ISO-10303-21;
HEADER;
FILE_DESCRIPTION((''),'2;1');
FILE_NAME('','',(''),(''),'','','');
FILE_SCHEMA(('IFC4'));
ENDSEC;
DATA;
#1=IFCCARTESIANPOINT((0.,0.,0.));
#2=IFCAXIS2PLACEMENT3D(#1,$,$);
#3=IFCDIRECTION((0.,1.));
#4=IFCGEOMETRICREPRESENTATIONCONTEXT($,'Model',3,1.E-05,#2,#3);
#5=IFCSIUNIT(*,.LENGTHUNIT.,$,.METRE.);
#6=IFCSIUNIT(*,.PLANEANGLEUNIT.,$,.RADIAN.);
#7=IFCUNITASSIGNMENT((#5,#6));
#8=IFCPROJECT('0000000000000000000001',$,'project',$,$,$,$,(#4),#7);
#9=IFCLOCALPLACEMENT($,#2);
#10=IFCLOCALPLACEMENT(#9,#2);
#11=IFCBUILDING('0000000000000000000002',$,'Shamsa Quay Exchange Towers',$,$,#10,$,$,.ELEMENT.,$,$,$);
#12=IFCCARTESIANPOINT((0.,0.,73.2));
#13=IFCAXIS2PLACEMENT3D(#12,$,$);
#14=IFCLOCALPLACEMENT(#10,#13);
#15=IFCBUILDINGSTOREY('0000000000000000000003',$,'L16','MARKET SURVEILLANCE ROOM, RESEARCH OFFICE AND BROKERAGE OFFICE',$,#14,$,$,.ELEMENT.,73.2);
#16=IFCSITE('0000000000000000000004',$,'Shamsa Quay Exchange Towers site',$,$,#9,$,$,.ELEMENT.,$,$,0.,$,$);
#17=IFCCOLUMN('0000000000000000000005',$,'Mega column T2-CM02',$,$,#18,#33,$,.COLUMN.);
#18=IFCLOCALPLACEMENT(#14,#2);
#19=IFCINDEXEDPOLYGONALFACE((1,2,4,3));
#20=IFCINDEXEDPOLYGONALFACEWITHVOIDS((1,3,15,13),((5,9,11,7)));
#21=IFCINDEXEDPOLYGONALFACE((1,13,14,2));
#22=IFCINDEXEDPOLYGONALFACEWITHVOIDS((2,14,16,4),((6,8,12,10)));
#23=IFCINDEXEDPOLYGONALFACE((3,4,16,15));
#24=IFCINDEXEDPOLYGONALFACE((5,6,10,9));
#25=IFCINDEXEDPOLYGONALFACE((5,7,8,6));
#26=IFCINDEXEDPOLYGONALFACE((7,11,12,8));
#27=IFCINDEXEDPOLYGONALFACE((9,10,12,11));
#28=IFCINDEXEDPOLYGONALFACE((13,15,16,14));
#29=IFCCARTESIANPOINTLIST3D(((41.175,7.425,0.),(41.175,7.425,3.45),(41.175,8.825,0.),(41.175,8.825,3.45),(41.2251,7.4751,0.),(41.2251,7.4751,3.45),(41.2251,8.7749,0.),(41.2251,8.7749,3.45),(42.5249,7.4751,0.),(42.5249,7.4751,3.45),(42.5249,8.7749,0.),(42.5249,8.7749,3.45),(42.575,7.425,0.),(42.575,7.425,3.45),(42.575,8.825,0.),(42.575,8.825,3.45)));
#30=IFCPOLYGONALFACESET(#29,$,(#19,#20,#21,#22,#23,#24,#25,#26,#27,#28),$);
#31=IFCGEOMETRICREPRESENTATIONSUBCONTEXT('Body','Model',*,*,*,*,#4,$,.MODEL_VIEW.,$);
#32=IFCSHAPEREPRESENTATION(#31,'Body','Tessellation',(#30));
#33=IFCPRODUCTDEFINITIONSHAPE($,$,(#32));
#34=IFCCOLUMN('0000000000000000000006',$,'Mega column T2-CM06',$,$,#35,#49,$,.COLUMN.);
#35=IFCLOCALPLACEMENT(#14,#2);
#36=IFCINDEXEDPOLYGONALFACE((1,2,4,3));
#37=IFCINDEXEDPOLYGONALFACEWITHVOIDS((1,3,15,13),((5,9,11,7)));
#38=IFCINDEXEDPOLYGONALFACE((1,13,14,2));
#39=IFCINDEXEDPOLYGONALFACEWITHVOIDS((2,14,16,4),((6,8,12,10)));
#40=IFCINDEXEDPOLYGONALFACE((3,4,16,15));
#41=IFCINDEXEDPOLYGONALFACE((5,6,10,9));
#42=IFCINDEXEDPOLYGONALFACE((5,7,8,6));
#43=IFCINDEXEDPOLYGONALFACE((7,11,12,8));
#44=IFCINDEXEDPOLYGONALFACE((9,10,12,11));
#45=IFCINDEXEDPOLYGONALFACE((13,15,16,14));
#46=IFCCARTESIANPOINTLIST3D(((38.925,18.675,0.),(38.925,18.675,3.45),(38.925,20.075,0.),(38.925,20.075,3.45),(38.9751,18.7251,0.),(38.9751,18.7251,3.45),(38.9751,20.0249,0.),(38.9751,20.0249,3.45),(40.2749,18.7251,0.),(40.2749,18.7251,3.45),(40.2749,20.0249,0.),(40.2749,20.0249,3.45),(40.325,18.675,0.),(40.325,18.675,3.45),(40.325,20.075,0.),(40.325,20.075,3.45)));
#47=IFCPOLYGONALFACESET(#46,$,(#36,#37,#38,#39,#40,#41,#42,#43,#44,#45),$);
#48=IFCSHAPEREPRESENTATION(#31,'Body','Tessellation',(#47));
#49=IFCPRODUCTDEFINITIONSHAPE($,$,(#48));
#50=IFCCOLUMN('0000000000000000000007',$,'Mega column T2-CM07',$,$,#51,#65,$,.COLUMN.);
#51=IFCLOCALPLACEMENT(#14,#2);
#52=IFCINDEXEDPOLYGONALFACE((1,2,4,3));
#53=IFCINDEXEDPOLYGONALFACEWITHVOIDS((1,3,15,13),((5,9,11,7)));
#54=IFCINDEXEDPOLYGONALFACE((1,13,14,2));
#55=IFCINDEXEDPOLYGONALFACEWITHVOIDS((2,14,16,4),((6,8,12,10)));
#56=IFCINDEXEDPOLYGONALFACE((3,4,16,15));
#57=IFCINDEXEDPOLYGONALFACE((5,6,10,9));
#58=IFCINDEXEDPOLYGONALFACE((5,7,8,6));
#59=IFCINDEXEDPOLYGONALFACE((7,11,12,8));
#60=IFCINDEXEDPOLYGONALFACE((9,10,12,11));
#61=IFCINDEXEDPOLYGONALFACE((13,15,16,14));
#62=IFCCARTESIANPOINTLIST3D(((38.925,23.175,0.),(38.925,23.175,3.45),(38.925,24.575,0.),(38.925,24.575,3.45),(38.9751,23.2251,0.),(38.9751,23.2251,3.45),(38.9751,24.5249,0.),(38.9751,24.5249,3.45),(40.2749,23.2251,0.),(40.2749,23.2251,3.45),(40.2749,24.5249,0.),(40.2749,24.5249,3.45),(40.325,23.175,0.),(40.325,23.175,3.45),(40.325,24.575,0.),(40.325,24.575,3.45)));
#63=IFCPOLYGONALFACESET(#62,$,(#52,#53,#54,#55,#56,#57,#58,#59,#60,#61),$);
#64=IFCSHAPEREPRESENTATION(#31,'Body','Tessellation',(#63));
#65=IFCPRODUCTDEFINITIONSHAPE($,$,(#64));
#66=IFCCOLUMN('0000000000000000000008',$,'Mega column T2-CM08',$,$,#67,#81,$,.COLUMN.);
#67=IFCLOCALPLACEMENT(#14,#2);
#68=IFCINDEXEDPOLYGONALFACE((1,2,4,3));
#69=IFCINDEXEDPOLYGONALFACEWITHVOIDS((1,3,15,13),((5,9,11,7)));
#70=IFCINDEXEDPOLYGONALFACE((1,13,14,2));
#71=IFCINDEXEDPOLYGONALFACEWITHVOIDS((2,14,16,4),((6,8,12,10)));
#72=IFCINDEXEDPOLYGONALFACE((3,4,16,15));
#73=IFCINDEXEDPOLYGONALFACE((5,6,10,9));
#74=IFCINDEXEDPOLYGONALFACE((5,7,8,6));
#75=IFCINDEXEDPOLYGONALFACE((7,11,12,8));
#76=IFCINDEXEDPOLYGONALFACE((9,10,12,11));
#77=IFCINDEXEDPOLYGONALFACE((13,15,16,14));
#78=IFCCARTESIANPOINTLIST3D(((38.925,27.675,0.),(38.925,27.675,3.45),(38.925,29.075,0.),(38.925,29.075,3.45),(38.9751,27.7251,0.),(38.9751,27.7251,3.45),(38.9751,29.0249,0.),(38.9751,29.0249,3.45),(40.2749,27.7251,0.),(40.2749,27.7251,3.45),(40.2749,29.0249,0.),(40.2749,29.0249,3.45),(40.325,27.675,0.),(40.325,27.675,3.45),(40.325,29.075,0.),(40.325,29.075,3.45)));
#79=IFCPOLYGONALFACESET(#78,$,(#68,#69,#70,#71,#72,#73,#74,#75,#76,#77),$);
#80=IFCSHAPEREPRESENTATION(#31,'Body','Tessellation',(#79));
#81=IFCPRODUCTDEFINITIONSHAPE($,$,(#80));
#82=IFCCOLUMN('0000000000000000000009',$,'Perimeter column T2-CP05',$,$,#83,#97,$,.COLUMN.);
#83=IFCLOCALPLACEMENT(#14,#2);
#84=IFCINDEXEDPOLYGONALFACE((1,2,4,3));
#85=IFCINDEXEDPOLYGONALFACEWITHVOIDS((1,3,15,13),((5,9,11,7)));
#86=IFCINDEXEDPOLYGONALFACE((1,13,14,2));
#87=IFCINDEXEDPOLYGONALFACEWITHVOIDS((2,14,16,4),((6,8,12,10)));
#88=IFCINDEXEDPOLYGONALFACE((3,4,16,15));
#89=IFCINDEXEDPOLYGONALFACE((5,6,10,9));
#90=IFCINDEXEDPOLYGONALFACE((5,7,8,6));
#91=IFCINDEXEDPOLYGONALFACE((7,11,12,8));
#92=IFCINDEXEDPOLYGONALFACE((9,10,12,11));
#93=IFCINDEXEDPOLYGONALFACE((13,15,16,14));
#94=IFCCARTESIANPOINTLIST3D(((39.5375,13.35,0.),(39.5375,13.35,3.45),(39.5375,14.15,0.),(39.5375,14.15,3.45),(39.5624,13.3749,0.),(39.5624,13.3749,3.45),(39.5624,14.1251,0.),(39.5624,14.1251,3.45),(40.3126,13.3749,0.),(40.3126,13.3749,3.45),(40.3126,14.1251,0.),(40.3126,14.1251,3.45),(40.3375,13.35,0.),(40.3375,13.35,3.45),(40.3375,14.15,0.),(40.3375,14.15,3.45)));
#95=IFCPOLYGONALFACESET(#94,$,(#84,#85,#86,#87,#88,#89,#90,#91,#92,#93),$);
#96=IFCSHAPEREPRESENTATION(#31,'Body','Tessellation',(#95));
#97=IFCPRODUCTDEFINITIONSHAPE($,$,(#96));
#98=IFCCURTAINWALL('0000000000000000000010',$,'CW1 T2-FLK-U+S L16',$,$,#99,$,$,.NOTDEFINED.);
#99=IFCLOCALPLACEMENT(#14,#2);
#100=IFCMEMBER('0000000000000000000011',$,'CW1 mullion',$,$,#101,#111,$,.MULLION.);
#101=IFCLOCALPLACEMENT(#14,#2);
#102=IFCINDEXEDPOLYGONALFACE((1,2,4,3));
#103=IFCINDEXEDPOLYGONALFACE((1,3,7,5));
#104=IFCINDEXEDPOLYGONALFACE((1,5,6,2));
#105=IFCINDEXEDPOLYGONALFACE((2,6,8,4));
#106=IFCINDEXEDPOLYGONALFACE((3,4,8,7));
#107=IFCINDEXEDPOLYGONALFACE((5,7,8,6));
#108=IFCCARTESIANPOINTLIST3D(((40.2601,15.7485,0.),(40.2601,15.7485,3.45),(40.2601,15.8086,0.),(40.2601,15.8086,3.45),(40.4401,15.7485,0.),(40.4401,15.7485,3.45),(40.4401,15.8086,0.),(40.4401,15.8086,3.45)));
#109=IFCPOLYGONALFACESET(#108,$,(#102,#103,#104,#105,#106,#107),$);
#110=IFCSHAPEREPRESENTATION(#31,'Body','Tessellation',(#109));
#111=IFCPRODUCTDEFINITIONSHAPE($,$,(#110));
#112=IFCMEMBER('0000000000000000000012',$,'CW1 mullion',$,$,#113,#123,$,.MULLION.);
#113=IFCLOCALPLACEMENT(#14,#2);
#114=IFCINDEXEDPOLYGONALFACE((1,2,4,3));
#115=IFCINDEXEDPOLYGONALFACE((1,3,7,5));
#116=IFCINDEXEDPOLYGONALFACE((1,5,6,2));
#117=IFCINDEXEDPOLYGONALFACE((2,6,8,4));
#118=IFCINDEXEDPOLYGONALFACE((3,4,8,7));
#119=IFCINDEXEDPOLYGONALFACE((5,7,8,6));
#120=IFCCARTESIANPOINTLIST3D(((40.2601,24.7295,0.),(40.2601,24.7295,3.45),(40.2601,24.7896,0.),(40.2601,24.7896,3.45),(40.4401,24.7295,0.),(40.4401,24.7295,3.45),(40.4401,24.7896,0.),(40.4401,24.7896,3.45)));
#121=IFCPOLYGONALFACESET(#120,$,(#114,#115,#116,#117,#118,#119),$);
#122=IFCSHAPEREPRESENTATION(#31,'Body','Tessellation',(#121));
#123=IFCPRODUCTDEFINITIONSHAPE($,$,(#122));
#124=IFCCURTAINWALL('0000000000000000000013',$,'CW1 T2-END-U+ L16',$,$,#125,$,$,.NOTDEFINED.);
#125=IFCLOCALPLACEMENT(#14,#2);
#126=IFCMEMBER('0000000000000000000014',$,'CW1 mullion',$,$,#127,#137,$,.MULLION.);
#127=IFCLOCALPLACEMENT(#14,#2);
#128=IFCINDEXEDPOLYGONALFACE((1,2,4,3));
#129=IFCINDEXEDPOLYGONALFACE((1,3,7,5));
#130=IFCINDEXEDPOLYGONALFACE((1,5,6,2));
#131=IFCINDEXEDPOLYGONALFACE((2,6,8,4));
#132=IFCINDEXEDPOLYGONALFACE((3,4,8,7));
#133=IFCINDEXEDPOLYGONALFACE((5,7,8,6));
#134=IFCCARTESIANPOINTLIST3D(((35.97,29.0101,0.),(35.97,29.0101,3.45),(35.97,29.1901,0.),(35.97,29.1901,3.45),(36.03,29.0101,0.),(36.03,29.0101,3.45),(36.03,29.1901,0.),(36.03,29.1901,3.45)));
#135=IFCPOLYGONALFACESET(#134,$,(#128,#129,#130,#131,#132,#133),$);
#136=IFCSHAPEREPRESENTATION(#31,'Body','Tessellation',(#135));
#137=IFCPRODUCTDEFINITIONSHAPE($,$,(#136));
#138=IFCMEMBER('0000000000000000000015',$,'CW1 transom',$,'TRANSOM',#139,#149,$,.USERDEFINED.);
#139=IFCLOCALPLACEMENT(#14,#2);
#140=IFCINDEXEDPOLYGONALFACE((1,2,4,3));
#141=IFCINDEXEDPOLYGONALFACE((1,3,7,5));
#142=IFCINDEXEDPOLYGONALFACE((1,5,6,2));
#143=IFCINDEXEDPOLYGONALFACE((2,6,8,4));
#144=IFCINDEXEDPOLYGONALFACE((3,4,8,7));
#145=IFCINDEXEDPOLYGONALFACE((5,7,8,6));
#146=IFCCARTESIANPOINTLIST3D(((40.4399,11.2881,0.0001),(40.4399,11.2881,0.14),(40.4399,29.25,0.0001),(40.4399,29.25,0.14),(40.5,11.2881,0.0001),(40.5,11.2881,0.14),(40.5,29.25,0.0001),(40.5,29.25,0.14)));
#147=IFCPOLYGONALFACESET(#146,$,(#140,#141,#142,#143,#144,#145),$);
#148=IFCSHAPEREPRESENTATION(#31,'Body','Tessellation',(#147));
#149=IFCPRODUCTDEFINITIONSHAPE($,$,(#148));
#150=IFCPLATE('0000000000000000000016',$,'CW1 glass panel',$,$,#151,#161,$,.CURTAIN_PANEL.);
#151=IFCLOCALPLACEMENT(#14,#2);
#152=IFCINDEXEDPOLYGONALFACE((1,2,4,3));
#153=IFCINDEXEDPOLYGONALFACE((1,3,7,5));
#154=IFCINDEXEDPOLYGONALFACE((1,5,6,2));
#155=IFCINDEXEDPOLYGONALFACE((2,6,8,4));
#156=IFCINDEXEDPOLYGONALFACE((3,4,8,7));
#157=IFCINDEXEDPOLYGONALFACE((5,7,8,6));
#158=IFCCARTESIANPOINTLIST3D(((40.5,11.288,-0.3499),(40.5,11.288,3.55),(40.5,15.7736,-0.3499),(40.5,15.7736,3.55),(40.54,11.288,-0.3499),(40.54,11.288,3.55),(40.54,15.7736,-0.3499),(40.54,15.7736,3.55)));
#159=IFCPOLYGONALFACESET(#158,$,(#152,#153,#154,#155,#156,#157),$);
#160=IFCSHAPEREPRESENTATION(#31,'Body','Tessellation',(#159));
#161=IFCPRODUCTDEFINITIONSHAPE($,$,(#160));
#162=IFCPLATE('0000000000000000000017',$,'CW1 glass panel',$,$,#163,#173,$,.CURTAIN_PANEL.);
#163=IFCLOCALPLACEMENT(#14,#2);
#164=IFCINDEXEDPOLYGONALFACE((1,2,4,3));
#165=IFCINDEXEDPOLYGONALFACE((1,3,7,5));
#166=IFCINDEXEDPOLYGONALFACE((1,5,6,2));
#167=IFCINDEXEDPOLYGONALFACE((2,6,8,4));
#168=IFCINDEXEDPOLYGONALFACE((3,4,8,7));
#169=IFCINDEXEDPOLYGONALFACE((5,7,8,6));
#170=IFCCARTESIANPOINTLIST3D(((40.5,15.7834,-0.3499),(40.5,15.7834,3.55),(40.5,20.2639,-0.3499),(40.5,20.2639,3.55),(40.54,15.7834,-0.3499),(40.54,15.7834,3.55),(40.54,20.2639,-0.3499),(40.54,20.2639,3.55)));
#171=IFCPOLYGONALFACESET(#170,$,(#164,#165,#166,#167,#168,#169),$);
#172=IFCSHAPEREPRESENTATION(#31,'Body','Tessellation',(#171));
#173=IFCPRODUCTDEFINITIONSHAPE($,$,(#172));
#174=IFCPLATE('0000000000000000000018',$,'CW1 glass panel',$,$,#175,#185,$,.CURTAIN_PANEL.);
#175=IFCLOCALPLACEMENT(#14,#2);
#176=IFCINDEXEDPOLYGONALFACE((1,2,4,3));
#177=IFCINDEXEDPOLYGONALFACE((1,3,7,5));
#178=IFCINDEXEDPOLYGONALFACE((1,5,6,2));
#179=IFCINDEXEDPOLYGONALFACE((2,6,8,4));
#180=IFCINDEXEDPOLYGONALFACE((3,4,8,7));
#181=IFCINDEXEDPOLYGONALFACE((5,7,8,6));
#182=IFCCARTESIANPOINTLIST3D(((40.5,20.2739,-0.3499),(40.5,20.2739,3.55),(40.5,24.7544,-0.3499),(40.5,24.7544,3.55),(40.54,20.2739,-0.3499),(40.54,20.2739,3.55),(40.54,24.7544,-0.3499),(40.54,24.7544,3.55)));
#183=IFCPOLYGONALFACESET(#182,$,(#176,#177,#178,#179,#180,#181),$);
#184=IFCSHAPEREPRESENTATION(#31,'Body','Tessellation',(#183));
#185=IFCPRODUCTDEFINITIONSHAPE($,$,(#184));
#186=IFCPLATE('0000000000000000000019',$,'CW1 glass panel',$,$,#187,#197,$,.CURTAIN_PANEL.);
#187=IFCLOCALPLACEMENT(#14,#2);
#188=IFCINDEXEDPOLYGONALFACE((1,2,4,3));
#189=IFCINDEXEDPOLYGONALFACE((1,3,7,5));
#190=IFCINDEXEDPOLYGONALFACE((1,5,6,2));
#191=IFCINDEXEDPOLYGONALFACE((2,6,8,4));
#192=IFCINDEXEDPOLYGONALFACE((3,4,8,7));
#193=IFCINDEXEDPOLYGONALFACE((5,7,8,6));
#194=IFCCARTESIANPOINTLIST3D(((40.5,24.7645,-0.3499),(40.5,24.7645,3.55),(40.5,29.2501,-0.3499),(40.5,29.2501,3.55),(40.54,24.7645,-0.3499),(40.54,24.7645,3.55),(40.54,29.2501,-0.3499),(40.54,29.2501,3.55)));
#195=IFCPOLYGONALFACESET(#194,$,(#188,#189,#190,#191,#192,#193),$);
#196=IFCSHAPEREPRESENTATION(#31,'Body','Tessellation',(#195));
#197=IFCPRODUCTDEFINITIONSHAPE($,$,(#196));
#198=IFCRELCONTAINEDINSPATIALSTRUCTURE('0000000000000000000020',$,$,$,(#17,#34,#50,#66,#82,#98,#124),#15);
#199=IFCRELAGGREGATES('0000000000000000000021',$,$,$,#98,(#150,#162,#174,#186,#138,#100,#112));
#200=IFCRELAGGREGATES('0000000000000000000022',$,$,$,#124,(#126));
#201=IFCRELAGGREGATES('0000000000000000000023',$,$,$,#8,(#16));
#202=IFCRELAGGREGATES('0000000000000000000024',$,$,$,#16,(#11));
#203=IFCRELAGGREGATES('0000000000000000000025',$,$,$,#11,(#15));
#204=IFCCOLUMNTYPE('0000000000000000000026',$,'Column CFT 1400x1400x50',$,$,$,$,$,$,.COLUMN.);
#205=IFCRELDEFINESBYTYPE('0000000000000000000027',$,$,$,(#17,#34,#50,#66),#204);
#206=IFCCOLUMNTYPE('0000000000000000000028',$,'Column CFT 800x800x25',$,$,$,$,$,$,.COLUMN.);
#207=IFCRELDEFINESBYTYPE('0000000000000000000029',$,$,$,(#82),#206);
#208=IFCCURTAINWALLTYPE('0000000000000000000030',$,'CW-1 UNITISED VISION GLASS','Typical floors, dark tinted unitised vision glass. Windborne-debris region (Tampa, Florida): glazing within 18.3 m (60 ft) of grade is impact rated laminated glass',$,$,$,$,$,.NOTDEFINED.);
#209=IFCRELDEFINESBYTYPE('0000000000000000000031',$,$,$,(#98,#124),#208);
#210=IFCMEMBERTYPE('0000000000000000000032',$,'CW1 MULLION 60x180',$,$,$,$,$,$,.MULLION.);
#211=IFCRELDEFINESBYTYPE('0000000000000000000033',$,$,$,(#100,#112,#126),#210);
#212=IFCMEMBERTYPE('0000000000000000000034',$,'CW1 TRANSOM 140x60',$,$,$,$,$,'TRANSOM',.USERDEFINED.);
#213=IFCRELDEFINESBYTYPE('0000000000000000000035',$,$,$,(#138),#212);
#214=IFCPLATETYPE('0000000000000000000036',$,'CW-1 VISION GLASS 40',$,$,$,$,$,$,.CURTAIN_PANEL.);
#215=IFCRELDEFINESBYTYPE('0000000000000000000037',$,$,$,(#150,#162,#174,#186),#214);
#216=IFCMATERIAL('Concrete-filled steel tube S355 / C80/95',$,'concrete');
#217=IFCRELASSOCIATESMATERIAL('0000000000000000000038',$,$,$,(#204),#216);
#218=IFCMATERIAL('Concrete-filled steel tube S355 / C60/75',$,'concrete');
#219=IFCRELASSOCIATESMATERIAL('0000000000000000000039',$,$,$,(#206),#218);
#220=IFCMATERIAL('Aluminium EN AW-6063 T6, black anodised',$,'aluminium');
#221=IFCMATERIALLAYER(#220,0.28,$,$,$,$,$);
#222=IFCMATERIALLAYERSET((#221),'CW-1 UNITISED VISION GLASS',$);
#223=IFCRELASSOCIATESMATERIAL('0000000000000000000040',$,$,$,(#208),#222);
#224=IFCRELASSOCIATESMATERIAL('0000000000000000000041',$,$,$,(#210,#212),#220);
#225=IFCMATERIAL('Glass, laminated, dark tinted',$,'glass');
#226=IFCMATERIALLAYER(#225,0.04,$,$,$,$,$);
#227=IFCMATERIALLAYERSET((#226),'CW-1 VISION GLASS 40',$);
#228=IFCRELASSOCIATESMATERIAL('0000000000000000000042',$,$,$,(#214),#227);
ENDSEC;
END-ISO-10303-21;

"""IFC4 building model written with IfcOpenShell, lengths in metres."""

from ifc_helpers import new_model, si_unit, direction, frame, origin, origin_2d, place, context, subcontext, project, spatial, rectangle, hollow_rectangle, extrude, material, layer, layer_set, material_profile, profile_set, type_object, element, aggregate, save


model = new_model("IFC4")

# Units and contexts
model_context = context("Model", 3, precision=1e-05, world=origin(), true_north=direction((0.0, 1.0)))
body_context = subcontext(model_context, "Body", "Model", "MODEL_VIEW")
ifc_project = project(units=[si_unit("LENGTHUNIT", "METRE"), si_unit("PLANEANGLEUNIT", "RADIAN")], contexts=[model_context])

# Site, building, storey
site_placement = place(None, origin())
site = spatial("IfcSite", under=ifc_project, at=site_placement, Name="Shamsa Quay Exchange Towers site", CompositionType="ELEMENT", RefElevation=0.0)
building_placement = place(site_placement, origin())
building = spatial("IfcBuilding", under=site, at=building_placement, Name="Shamsa Quay Exchange Towers", CompositionType="ELEMENT")
storey_placement = place(building_placement, frame((0.0, 0.0, 73.2)))
storey = spatial("IfcBuildingStorey", under=building, at=storey_placement, Name="L16", Description="MARKET SURVEILLANCE ROOM, RESEARCH OFFICE AND BROKERAGE OFFICE", CompositionType="ELEMENT", Elevation=73.2)

# Columns
ifc_material_1 = material(Name="Concrete-filled steel tube S355 / C80/95", Category="concrete")
ifc_material_profile_1 = material_profile(ifc_material_1, hollow_rectangle(XDim=1.3999, YDim=1.3999, WallThickness=0.05, at=origin_2d()), Name="CFT 1400x1400x50")
ifc_profile_set_1 = profile_set([ifc_material_profile_1], Name="Concrete-filled steel tube S355 / C80/95")
column_type_1 = type_object("IfcColumnType", Name="Column CFT 1400x1400x50", PredefinedType="COLUMN", material=ifc_profile_set_1)
for number, where, name in (
    (1, (41.875, 8.125, 0.0), "Mega column T2-CM02"),
    (2, (39.625, 19.375, 0.0), "Mega column T2-CM06"),
    (3, (39.625, 23.875, 0.0), "Mega column T2-CM07"),
    (4, (39.625, 28.375, 0.0), "Mega column T2-CM08"),
):
    element("IfcColumn", number, at=place(storey_placement, frame(where)), inside=storey, type_object=column_type_1, Name=name, PredefinedType="COLUMN", context=body_context, shape_type="SweptSolid", body=[
        extrude(hollow_rectangle(XDim=1.3999, YDim=1.3999, WallThickness=0.05, at=origin_2d()), origin(), (0.0, 0.0, 1.0), 3.45),
    ])
ifc_material_2 = material(Name="Concrete-filled steel tube S355 / C60/75", Category="concrete")
ifc_material_profile_2 = material_profile(ifc_material_2, hollow_rectangle(XDim=0.8, YDim=0.8, WallThickness=0.0249, at=origin_2d()), Name="CFT 800x800x25")
ifc_profile_set_2 = profile_set([ifc_material_profile_2], Name="Concrete-filled steel tube S355 / C60/75")
column_type_2 = type_object("IfcColumnType", Name="Column CFT 800x800x25", PredefinedType="COLUMN", material=ifc_profile_set_2)
column_placement = place(storey_placement, frame((39.9375, 13.75, 0.0)))
element("IfcColumn", 5, at=column_placement, inside=storey, type_object=column_type_2, Name="Perimeter column T2-CP05", PredefinedType="COLUMN", context=body_context, shape_type="SweptSolid", body=[
    extrude(hollow_rectangle(XDim=0.8, YDim=0.8, WallThickness=0.0249, at=origin_2d()), origin(), (0.0, 0.0, 1.0), 3.45),
])

# Curtain wall, members
ifc_material_3 = material(Name="Aluminium EN AW-6063 T6, black anodised", Category="aluminium")
ifc_layer_1 = layer(ifc_material_3, 0.28)
ifc_layer_set_1 = layer_set([ifc_layer_1], Name="CW-1 UNITISED VISION GLASS")
curtain_wall_type_1 = type_object("IfcCurtainWallType", Name="CW-1 UNITISED VISION GLASS", Description="Typical floors, dark tinted unitised vision glass. Windborne-debris region (Tampa, Florida): glazing within 18.3 m (60 ft) of grade is impact rated laminated glass", PredefinedType="NOTDEFINED", material=ifc_layer_set_1)
curtain_wall_1_placement = place(storey_placement, origin())
curtain_wall_1 = element("IfcCurtainWall", 6, at=curtain_wall_1_placement, inside=storey, type_object=curtain_wall_type_1, Name="CW1 T2-FLK-U+S L16", PredefinedType="NOTDEFINED")
ifc_material_profile_3 = material_profile(ifc_material_3, rectangle(XDim=0.1799, YDim=0.0601, at=origin_2d()), Name="MU60x180")
ifc_profile_set_3 = profile_set([ifc_material_profile_3], Name="Aluminium EN AW-6063 T6, black anodised")
member_type_1 = type_object("IfcMemberType", Name="CW1 MULLION 60x180", PredefinedType="MULLION", material=ifc_profile_set_3)
member_1_placement = place(storey_placement, frame((40.3501, 15.7786, 0.0), z_axis=(0.0, 0.0, 1.0), x_axis=(-1.0, 0.0, 0.0)))
member_1 = element("IfcMember", 7, at=member_1_placement, type_object=member_type_1, Name="CW1 mullion", PredefinedType="MULLION", context=body_context, shape_type="SweptSolid", body=[
    extrude(rectangle(XDim=0.1799, YDim=0.0601, at=origin_2d()), origin(), (0.0, 0.0, 1.0), 3.45),
])
member_2_placement = place(storey_placement, frame((40.3501, 24.7595, 0.0), z_axis=(0.0, 0.0, 1.0), x_axis=(-1.0, 0.0, 0.0)))
member_2 = element("IfcMember", 8, at=member_2_placement, type_object=member_type_1, Name="CW1 mullion", PredefinedType="MULLION", context=body_context, shape_type="SweptSolid", body=[
    extrude(rectangle(XDim=0.1799, YDim=0.0601, at=origin_2d()), origin(), (0.0, 0.0, 1.0), 3.45),
])

# Curtain wall, member
curtain_wall_2_placement = place(storey_placement, origin())
curtain_wall_2 = element("IfcCurtainWall", 9, at=curtain_wall_2_placement, inside=storey, type_object=curtain_wall_type_1, Name="CW1 T2-END-U+ L16", PredefinedType="NOTDEFINED")
member_3_placement = place(storey_placement, frame((36.0, 29.1001, 0.0), z_axis=(0.0, 0.0, 1.0), x_axis=(0.0, -1.0, 0.0)))
member_3 = element("IfcMember", 10, at=member_3_placement, type_object=member_type_1, Name="CW1 mullion", PredefinedType="MULLION", context=body_context, shape_type="SweptSolid", body=[
    extrude(rectangle(XDim=0.1799, YDim=0.0601, at=origin_2d()), origin(), (0.0, 0.0, 1.0), 3.45),
])

# Member
ifc_material_profile_4 = material_profile(ifc_material_3, rectangle(XDim=0.0601, YDim=0.1399, at=origin_2d()), Name="TR140x60")
ifc_profile_set_4 = profile_set([ifc_material_profile_4], Name="Aluminium EN AW-6063 T6, black anodised")
member_type_2 = type_object("IfcMemberType", Name="CW1 TRANSOM 140x60", ElementType="TRANSOM", PredefinedType="USERDEFINED", material=ifc_profile_set_4)
member_4_placement = place(storey_placement, frame((40.47, 11.2881, 0.0701), z_axis=(0.0, 1.0, 0.0), x_axis=(-1.0, 0.0, 0.0)))
member_4 = element("IfcMember", 11, at=member_4_placement, type_object=member_type_2, Name="CW1 transom", ObjectType="TRANSOM", PredefinedType="USERDEFINED", context=body_context, shape_type="SweptSolid", body=[
    extrude(rectangle(XDim=0.0601, YDim=0.1399, at=origin_2d()), origin(), (0.0, 0.0, 1.0), 17.9619),
])

# Plates
ifc_material_4 = material(Name="Glass, laminated, dark tinted", Category="glass")
ifc_layer_2 = layer(ifc_material_4, 0.04)
ifc_layer_set_2 = layer_set([ifc_layer_2], Name="CW-1 VISION GLASS 40")
plate_type_1 = type_object("IfcPlateType", Name="CW-1 VISION GLASS 40", PredefinedType="CURTAIN_PANEL", material=ifc_layer_set_2)
plate_1_placement = place(storey_placement, frame((40.52, 13.5308, -0.3499), z_axis=(0.0, 0.0, 1.0), x_axis=(0.0, 1.0, 0.0)))
plate_1 = element("IfcPlate", 12, at=plate_1_placement, type_object=plate_type_1, Name="CW1 glass panel", PredefinedType="CURTAIN_PANEL", context=body_context, shape_type="SweptSolid", body=[
    extrude(rectangle(XDim=4.4856, YDim=0.04, at=origin_2d()), origin(), (0.0, 0.0, 1.0), 3.8999),
])
plate_2_placement = place(storey_placement, frame((40.52, 18.0237, -0.3499), z_axis=(0.0, 0.0, 1.0), x_axis=(0.0, 1.0, 0.0)))
plate_2 = element("IfcPlate", 13, at=plate_2_placement, type_object=plate_type_1, Name="CW1 glass panel", PredefinedType="CURTAIN_PANEL", context=body_context, shape_type="SweptSolid", body=[
    extrude(rectangle(XDim=4.4805, YDim=0.04, at=origin_2d()), origin(), (0.0, 0.0, 1.0), 3.8999),
])
plate_3_placement = place(storey_placement, frame((40.52, 22.5142, -0.3499), z_axis=(0.0, 0.0, 1.0), x_axis=(0.0, 1.0, 0.0)))
plate_3 = element("IfcPlate", 14, at=plate_3_placement, type_object=plate_type_1, Name="CW1 glass panel", PredefinedType="CURTAIN_PANEL", context=body_context, shape_type="SweptSolid", body=[
    extrude(rectangle(XDim=4.4805, YDim=0.04, at=origin_2d()), origin(), (0.0, 0.0, 1.0), 3.8999),
])
plate_4_placement = place(storey_placement, frame((40.52, 27.0073, -0.3499), z_axis=(0.0, 0.0, 1.0), x_axis=(0.0, 1.0, 0.0)))
plate_4 = element("IfcPlate", 15, at=plate_4_placement, type_object=plate_type_1, Name="CW1 glass panel", PredefinedType="CURTAIN_PANEL", context=body_context, shape_type="SweptSolid", body=[
    extrude(rectangle(XDim=4.4856, YDim=0.04, at=origin_2d()), origin(), (0.0, 0.0, 1.0), 3.8999),
])
aggregate(curtain_wall_1, [plate_1, plate_2, plate_3, plate_4, member_4, member_1, member_2])
aggregate(curtain_wall_2, [member_3])

save(model, "model.ifc")
